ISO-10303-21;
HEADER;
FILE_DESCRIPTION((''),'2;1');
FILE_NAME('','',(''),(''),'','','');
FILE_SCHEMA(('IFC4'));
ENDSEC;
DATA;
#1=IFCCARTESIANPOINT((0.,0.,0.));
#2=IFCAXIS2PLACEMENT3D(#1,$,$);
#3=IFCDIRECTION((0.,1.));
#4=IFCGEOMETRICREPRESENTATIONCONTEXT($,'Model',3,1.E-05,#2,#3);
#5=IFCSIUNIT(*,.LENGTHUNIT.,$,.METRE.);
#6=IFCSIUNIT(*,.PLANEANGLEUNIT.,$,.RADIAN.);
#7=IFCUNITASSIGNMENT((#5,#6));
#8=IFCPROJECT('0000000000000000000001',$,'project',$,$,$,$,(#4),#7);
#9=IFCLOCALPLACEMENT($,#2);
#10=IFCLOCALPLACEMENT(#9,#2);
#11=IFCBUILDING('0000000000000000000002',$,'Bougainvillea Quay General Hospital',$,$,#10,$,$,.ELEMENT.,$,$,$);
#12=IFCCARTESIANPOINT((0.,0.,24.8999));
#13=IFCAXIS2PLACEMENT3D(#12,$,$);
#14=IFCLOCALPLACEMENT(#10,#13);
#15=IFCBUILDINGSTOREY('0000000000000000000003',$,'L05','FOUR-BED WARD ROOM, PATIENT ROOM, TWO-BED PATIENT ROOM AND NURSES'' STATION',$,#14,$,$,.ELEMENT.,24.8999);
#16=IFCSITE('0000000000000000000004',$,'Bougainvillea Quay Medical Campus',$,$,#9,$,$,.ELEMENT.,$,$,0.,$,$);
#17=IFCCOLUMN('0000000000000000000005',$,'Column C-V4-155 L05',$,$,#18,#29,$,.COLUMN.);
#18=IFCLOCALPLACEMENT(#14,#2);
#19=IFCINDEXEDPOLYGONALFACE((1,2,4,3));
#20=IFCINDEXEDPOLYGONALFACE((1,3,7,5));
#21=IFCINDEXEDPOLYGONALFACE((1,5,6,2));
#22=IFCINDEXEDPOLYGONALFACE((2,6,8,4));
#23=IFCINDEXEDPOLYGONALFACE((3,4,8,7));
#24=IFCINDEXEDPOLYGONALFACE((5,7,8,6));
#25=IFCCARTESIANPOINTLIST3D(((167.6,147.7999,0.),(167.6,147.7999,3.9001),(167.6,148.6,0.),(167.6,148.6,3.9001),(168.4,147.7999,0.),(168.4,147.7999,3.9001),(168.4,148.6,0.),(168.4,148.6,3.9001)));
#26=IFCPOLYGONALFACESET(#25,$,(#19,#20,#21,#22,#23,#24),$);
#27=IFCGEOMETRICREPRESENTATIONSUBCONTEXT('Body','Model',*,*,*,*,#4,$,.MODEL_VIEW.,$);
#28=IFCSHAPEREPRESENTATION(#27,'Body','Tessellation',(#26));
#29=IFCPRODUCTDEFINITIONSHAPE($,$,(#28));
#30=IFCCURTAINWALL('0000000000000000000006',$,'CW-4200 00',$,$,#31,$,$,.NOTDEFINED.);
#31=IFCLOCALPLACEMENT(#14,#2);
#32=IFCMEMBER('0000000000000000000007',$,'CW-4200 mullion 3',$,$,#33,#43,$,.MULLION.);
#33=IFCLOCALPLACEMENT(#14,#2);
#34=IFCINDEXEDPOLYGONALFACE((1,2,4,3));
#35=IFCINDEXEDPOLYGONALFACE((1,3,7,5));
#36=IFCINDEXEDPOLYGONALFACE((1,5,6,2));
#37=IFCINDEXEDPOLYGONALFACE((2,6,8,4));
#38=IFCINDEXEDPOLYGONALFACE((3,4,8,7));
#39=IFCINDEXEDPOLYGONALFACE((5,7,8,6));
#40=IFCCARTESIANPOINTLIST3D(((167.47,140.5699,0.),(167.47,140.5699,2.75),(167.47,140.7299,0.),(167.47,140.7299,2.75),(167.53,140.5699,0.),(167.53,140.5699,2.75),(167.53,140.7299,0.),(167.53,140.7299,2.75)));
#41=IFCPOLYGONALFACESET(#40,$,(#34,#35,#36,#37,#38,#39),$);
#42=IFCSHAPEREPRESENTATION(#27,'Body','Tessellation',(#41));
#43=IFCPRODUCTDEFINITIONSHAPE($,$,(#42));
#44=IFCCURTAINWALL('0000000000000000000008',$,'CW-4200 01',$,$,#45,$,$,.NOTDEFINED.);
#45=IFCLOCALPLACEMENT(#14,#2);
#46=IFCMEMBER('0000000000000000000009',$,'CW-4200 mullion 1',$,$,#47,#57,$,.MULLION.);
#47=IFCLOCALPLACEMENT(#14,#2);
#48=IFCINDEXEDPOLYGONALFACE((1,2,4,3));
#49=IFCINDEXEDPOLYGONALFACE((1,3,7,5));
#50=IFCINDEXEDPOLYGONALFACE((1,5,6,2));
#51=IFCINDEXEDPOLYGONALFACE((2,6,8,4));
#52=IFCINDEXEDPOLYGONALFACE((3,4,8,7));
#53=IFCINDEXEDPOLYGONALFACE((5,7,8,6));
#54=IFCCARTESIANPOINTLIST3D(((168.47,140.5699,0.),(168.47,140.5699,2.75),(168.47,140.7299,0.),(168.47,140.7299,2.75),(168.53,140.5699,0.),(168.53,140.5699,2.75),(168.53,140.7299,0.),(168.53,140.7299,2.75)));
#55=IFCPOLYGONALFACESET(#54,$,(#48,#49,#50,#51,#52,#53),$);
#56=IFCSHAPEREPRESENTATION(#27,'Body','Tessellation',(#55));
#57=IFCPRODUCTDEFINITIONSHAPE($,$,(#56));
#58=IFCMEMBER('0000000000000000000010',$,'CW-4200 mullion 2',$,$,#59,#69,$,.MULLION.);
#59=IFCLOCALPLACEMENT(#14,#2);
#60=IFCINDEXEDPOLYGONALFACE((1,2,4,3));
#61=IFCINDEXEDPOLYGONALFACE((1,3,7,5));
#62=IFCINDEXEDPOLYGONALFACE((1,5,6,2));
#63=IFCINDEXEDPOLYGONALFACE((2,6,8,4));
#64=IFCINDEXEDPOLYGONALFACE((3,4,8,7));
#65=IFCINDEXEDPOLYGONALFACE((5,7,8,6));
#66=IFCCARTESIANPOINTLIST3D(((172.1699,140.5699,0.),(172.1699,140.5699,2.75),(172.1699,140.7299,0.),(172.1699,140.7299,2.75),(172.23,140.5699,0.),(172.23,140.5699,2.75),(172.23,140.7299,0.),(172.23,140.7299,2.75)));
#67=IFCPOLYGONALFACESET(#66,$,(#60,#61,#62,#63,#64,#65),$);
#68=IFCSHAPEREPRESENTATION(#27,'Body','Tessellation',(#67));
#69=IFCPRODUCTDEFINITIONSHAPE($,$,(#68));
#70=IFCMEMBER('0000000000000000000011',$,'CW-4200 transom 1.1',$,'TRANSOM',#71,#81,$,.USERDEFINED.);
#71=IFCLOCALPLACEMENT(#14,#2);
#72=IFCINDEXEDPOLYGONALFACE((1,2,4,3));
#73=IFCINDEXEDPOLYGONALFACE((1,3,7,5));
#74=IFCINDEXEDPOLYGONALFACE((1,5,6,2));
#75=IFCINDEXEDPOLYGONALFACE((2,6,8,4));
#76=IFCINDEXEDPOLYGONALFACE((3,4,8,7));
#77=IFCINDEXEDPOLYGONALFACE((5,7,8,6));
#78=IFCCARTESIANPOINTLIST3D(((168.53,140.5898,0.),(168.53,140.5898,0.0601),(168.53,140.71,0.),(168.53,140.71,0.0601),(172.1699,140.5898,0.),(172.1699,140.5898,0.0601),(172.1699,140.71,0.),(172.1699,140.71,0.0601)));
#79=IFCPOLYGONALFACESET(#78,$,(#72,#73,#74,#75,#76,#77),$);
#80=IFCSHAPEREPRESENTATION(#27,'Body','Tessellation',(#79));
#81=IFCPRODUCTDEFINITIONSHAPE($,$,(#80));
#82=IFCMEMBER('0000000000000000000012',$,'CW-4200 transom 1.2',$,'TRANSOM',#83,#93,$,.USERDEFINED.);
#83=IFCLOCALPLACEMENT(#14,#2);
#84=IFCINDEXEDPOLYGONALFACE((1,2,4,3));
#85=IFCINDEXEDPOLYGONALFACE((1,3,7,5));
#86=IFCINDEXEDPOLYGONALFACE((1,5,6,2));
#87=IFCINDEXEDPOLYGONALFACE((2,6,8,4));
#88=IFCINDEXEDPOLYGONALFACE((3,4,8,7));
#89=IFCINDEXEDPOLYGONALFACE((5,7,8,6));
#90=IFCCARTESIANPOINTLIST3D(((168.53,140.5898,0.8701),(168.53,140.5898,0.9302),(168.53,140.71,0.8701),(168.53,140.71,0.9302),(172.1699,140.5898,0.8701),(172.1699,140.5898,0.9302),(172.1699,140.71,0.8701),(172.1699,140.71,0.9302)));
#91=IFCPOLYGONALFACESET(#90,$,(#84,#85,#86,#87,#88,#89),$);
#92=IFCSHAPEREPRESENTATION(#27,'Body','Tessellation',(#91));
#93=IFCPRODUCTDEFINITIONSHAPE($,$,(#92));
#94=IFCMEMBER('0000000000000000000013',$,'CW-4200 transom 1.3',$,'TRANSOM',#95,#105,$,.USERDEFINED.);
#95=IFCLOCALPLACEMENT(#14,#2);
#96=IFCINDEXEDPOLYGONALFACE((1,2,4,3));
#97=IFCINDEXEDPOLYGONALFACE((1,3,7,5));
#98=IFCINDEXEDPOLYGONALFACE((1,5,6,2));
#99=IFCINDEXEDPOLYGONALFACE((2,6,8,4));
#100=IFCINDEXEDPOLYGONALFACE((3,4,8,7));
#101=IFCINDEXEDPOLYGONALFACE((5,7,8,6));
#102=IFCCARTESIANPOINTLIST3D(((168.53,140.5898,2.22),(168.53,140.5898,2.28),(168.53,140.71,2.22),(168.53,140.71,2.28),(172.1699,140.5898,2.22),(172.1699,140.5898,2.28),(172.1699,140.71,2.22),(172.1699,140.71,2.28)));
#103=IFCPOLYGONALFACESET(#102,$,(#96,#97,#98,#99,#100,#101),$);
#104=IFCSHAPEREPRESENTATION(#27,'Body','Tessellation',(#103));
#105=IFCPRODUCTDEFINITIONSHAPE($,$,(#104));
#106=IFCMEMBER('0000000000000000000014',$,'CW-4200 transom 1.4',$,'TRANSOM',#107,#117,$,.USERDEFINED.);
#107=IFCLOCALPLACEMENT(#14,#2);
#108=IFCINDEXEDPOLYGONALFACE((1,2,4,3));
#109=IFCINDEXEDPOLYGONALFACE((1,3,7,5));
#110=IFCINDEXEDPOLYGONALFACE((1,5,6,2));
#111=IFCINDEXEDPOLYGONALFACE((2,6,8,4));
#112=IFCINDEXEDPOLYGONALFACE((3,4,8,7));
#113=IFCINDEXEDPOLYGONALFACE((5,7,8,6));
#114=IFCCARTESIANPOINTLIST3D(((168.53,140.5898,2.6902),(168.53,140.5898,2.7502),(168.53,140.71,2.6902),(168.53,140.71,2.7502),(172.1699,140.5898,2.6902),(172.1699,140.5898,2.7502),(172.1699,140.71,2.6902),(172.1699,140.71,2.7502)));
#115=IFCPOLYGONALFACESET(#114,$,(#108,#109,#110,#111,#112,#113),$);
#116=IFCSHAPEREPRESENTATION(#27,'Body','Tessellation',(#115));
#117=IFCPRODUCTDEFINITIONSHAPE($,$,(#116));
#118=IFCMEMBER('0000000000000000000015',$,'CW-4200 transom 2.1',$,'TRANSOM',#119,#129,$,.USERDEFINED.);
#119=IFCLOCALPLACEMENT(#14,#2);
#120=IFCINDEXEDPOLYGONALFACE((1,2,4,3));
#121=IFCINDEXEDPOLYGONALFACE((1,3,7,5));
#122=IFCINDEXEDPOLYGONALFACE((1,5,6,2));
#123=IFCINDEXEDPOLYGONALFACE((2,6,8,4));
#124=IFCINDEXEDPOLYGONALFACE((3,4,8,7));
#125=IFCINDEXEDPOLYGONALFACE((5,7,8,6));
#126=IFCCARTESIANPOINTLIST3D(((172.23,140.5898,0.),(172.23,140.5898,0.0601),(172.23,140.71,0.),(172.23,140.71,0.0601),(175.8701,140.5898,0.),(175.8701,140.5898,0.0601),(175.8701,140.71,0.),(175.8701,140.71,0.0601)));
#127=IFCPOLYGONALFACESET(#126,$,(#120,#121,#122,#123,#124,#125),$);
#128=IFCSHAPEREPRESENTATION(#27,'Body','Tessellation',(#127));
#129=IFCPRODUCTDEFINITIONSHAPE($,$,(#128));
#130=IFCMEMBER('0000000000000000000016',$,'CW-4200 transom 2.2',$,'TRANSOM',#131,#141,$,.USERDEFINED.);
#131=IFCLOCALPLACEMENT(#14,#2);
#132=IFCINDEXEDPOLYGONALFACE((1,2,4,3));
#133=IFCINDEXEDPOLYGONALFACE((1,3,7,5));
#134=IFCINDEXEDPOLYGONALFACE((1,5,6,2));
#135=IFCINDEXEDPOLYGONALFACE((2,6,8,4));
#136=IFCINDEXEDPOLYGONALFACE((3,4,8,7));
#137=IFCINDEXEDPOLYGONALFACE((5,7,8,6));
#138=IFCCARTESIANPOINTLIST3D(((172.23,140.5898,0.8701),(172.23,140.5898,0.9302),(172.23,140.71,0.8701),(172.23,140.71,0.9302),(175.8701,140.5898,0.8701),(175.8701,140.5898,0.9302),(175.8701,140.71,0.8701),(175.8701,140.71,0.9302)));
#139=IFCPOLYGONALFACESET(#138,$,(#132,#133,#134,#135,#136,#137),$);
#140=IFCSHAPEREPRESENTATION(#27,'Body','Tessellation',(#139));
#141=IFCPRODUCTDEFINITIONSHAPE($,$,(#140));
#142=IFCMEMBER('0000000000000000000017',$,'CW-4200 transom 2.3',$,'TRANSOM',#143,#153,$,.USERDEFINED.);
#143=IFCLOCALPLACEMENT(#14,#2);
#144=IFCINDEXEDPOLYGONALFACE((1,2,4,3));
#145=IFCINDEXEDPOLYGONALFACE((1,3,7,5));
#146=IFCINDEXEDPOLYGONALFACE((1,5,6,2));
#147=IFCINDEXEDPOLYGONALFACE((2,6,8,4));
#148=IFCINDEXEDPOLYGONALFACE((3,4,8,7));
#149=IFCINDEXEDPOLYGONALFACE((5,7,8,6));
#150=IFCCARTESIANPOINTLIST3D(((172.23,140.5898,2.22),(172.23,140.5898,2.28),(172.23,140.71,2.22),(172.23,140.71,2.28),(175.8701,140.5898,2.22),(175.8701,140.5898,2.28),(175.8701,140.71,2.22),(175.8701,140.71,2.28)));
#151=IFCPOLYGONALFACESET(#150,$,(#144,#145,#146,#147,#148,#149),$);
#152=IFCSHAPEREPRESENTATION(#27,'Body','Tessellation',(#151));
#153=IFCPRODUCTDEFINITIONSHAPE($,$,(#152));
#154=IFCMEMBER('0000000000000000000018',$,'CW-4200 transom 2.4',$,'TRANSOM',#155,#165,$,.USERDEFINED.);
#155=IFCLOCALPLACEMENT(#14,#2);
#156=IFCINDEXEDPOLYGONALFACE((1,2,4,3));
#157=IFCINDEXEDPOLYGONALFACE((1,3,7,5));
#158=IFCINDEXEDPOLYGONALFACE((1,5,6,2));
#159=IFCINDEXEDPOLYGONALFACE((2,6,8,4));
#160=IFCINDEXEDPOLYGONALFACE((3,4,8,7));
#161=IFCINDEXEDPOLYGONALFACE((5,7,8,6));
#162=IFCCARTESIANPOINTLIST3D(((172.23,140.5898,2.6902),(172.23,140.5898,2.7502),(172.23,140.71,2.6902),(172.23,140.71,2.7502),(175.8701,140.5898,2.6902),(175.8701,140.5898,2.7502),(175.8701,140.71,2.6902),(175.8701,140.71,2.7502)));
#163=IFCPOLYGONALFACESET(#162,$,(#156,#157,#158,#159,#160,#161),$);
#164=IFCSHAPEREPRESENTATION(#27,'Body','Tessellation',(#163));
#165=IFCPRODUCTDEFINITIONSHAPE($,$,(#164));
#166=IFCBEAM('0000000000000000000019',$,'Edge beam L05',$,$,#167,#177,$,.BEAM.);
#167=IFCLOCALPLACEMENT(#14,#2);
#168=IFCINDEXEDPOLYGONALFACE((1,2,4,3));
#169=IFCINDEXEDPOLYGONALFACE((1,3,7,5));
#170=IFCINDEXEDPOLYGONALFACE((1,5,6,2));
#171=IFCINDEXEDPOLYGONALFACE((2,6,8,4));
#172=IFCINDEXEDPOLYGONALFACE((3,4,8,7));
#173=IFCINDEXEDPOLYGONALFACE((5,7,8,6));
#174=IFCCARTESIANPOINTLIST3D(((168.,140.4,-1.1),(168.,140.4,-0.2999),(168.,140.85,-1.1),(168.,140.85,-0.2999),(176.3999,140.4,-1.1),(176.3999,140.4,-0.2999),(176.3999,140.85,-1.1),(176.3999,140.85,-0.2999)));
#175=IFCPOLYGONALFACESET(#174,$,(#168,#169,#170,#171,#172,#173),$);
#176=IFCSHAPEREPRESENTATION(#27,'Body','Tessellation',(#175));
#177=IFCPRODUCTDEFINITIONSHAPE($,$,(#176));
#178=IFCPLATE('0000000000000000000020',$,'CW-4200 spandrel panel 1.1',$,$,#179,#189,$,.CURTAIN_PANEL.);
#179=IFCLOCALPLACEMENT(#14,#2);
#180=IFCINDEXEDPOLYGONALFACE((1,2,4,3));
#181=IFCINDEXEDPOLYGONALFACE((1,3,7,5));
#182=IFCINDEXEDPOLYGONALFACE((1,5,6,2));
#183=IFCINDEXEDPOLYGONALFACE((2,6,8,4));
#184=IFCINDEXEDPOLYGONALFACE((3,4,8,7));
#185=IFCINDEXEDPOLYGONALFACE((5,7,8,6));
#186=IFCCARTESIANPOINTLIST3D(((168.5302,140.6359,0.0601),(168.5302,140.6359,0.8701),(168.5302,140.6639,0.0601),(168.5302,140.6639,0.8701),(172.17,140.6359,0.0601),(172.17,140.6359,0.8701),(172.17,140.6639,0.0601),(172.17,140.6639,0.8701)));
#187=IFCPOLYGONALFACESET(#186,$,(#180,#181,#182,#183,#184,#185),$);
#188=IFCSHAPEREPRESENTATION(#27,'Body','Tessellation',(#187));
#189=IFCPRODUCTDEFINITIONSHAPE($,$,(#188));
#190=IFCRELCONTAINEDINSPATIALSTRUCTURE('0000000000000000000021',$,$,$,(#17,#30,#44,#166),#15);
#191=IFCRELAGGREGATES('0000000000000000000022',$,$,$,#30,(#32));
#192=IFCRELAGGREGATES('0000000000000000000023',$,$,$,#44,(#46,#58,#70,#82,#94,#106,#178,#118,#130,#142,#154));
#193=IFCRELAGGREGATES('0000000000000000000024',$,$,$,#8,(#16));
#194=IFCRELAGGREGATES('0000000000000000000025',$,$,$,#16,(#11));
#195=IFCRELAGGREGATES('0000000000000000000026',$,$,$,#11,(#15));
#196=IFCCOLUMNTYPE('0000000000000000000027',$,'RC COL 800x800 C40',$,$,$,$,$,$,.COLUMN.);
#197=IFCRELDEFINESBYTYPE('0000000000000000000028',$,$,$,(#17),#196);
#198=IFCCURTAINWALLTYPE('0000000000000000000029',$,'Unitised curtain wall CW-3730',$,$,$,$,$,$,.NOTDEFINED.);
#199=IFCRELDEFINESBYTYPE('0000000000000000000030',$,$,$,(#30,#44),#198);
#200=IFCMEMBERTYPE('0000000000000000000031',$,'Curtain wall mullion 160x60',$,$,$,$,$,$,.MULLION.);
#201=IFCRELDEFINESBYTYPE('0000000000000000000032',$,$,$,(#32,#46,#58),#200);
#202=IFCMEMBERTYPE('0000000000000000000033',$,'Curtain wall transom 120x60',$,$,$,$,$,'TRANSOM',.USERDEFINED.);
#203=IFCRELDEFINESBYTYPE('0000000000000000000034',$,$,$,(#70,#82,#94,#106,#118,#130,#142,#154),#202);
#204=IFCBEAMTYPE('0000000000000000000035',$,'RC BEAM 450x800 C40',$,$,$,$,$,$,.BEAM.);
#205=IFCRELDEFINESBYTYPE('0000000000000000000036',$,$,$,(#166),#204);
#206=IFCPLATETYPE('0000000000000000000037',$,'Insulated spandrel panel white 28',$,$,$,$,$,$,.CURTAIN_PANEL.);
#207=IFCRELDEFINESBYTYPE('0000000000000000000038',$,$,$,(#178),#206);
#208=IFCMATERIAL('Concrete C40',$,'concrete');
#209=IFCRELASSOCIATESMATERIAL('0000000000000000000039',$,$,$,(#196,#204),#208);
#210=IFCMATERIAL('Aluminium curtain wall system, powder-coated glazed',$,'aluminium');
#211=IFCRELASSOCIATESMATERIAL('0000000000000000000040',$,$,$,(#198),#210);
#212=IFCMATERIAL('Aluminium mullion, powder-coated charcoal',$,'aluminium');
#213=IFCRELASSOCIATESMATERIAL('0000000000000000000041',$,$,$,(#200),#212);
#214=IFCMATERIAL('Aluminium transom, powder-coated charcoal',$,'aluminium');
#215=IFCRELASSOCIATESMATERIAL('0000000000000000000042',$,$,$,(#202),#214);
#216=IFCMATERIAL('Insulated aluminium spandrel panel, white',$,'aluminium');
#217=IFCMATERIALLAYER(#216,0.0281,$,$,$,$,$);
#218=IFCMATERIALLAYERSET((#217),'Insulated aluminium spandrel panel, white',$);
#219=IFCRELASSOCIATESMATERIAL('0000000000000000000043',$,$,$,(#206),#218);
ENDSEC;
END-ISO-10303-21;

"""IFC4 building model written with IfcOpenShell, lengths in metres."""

from ifc_helpers import new_model, si_unit, direction, frame, origin, origin_2d, place, context, subcontext, project, spatial, rectangle, extrude, material, layer, layer_set, material_profile, profile_set, type_object, element, aggregate, save


model = new_model("IFC4")

# Units and contexts
model_context = context("Model", 3, precision=1e-05, world=origin(), true_north=direction((0.0, 1.0)))
body_context = subcontext(model_context, "Body", "Model", "MODEL_VIEW")
ifc_project = project(units=[si_unit("LENGTHUNIT", "METRE"), si_unit("PLANEANGLEUNIT", "RADIAN")], contexts=[model_context])

# Site, building, storey
site_placement = place(None, origin())
site = spatial("IfcSite", under=ifc_project, at=site_placement, Name="Bougainvillea Quay Medical Campus", CompositionType="ELEMENT", RefElevation=0.0)
building_placement = place(site_placement, origin())
building = spatial("IfcBuilding", under=site, at=building_placement, Name="Bougainvillea Quay General Hospital", CompositionType="ELEMENT")
storey_placement = place(building_placement, frame((0.0, 0.0, 24.8999)))
storey = spatial("IfcBuildingStorey", under=building, at=storey_placement, Name="L05", Description="FOUR-BED WARD ROOM, PATIENT ROOM, TWO-BED PATIENT ROOM AND NURSES' STATION", CompositionType="ELEMENT", Elevation=24.8999)

# Column
ifc_material_1 = material(Name="Concrete C40", Category="concrete")
ifc_material_profile_1 = material_profile(ifc_material_1, rectangle(XDim=0.8, YDim=0.8, at=origin_2d()))
ifc_profile_set_1 = profile_set([ifc_material_profile_1], Name="Concrete C40")
column_type = type_object("IfcColumnType", Name="RC COL 800x800 C40", PredefinedType="COLUMN", material=ifc_profile_set_1)
column_placement = place(storey_placement, frame((168.0, 148.2, 0.0), z_axis=(0.0, 0.0, 1.0), x_axis=(1.0, 0.0, 0.0)))
element("IfcColumn", 1, at=column_placement, inside=storey, type_object=column_type, Name="Column C-V4-155 L05", PredefinedType="COLUMN", context=body_context, shape_type="SweptSolid", body=[
    extrude(rectangle(XDim=0.8, YDim=0.8, at=origin_2d()), origin(), (0.0, 0.0, 1.0), 3.9001),
])

# Curtain wall, member
ifc_material_2 = material(Name="Aluminium curtain wall system, powder-coated glazed", Category="aluminium")
curtain_wall_type = type_object("IfcCurtainWallType", Name="Unitised curtain wall CW-3730", PredefinedType="NOTDEFINED", material=ifc_material_2)
curtain_wall_1_placement = place(storey_placement, origin())
curtain_wall_1 = element("IfcCurtainWall", 2, at=curtain_wall_1_placement, inside=storey, type_object=curtain_wall_type, Name="CW-4200 00", PredefinedType="NOTDEFINED")
ifc_material_3 = material(Name="Aluminium mullion, powder-coated charcoal", Category="aluminium")
ifc_material_profile_2 = material_profile(ifc_material_3, rectangle(XDim=0.1599, YDim=0.0601, at=origin_2d()))
ifc_profile_set_2 = profile_set([ifc_material_profile_2], Name="Aluminium mullion, powder-coated charcoal")
member_type_1 = type_object("IfcMemberType", Name="Curtain wall mullion 160x60", PredefinedType="MULLION", material=ifc_profile_set_2)
member_1_placement = place(storey_placement, frame((167.5, 140.6499, 0.0), z_axis=(0.0, 0.0, 1.0), x_axis=(0.0, 1.0, 0.0)))
member_1 = element("IfcMember", 3, at=member_1_placement, type_object=member_type_1, Name="CW-4200 mullion 3", PredefinedType="MULLION", context=body_context, shape_type="SweptSolid", body=[
    extrude(rectangle(XDim=0.1599, YDim=0.0601, at=origin_2d()), origin(), (0.0, 0.0, 1.0), 2.75),
])
aggregate(curtain_wall_1, [member_1])

# Curtain wall, members
curtain_wall_2_placement = place(storey_placement, origin())
curtain_wall_2 = element("IfcCurtainWall", 4, at=curtain_wall_2_placement, inside=storey, type_object=curtain_wall_type, Name="CW-4200 01", PredefinedType="NOTDEFINED")
member_2_placement = place(storey_placement, frame((168.5, 140.6499, 0.0), z_axis=(0.0, 0.0, 1.0), x_axis=(0.0, 1.0, 0.0)))
member_2 = element("IfcMember", 5, at=member_2_placement, type_object=member_type_1, Name="CW-4200 mullion 1", PredefinedType="MULLION", context=body_context, shape_type="SweptSolid", body=[
    extrude(rectangle(XDim=0.1599, YDim=0.0601, at=origin_2d()), origin(), (0.0, 0.0, 1.0), 2.75),
])
member_3_placement = place(storey_placement, frame((172.2, 140.6499, 0.0), z_axis=(0.0, 0.0, 1.0), x_axis=(0.0, 1.0, 0.0)))
member_3 = element("IfcMember", 6, at=member_3_placement, type_object=member_type_1, Name="CW-4200 mullion 2", PredefinedType="MULLION", context=body_context, shape_type="SweptSolid", body=[
    extrude(rectangle(XDim=0.1599, YDim=0.0601, at=origin_2d()), origin(), (0.0, 0.0, 1.0), 2.75),
])
ifc_material_4 = material(Name="Aluminium transom, powder-coated charcoal", Category="aluminium")
ifc_material_profile_3 = material_profile(ifc_material_4, rectangle(XDim=0.1201, YDim=0.0601, at=origin_2d()))
ifc_profile_set_3 = profile_set([ifc_material_profile_3], Name="Aluminium transom, powder-coated charcoal")
member_type_2 = type_object("IfcMemberType", Name="Curtain wall transom 120x60", ElementType="TRANSOM", PredefinedType="USERDEFINED", material=ifc_profile_set_3)
member_4_placement = place(storey_placement, frame((168.53, 140.6499, 0.03), z_axis=(1.0, 0.0, 0.0), x_axis=(0.0, 1.0, 0.0)))
member_4 = element("IfcMember", 7, at=member_4_placement, type_object=member_type_2, Name="CW-4200 transom 1.1", ObjectType="TRANSOM", PredefinedType="USERDEFINED", context=body_context, shape_type="SweptSolid", body=[
    extrude(rectangle(XDim=0.1201, YDim=0.0601, at=origin_2d()), origin(), (0.0, 0.0, 1.0), 3.6399),
])
member_5_placement = place(storey_placement, frame((168.53, 140.6499, 0.9001), z_axis=(1.0, 0.0, 0.0), x_axis=(0.0, 1.0, 0.0)))
member_5 = element("IfcMember", 8, at=member_5_placement, type_object=member_type_2, Name="CW-4200 transom 1.2", ObjectType="TRANSOM", PredefinedType="USERDEFINED", context=body_context, shape_type="SweptSolid", body=[
    extrude(rectangle(XDim=0.1201, YDim=0.0601, at=origin_2d()), origin(), (0.0, 0.0, 1.0), 3.6399),
])
member_6_placement = place(storey_placement, frame((168.53, 140.6499, 2.25), z_axis=(1.0, 0.0, 0.0), x_axis=(0.0, 1.0, 0.0)))
member_6 = element("IfcMember", 9, at=member_6_placement, type_object=member_type_2, Name="CW-4200 transom 1.3", ObjectType="TRANSOM", PredefinedType="USERDEFINED", context=body_context, shape_type="SweptSolid", body=[
    extrude(rectangle(XDim=0.1201, YDim=0.0601, at=origin_2d()), origin(), (0.0, 0.0, 1.0), 3.6399),
])
member_7_placement = place(storey_placement, frame((168.53, 140.6499, 2.7202), z_axis=(1.0, 0.0, 0.0), x_axis=(0.0, 1.0, 0.0)))
member_7 = element("IfcMember", 10, at=member_7_placement, type_object=member_type_2, Name="CW-4200 transom 1.4", ObjectType="TRANSOM", PredefinedType="USERDEFINED", context=body_context, shape_type="SweptSolid", body=[
    extrude(rectangle(XDim=0.1201, YDim=0.0601, at=origin_2d()), origin(), (0.0, 0.0, 1.0), 3.6399),
])
member_8_placement = place(storey_placement, frame((172.23, 140.6499, 0.03), z_axis=(1.0, 0.0, 0.0), x_axis=(0.0, 1.0, 0.0)))
member_8 = element("IfcMember", 11, at=member_8_placement, type_object=member_type_2, Name="CW-4200 transom 2.1", ObjectType="TRANSOM", PredefinedType="USERDEFINED", context=body_context, shape_type="SweptSolid", body=[
    extrude(rectangle(XDim=0.1201, YDim=0.0601, at=origin_2d()), origin(), (0.0, 0.0, 1.0), 3.6401),
])
member_9_placement = place(storey_placement, frame((172.23, 140.6499, 0.9001), z_axis=(1.0, 0.0, 0.0), x_axis=(0.0, 1.0, 0.0)))
member_9 = element("IfcMember", 12, at=member_9_placement, type_object=member_type_2, Name="CW-4200 transom 2.2", ObjectType="TRANSOM", PredefinedType="USERDEFINED", context=body_context, shape_type="SweptSolid", body=[
    extrude(rectangle(XDim=0.1201, YDim=0.0601, at=origin_2d()), origin(), (0.0, 0.0, 1.0), 3.6401),
])
member_10_placement = place(storey_placement, frame((172.23, 140.6499, 2.25), z_axis=(1.0, 0.0, 0.0), x_axis=(0.0, 1.0, 0.0)))
member_10 = element("IfcMember", 13, at=member_10_placement, type_object=member_type_2, Name="CW-4200 transom 2.3", ObjectType="TRANSOM", PredefinedType="USERDEFINED", context=body_context, shape_type="SweptSolid", body=[
    extrude(rectangle(XDim=0.1201, YDim=0.0601, at=origin_2d()), origin(), (0.0, 0.0, 1.0), 3.6401),
])
member_11_placement = place(storey_placement, frame((172.23, 140.6499, 2.7202), z_axis=(1.0, 0.0, 0.0), x_axis=(0.0, 1.0, 0.0)))
member_11 = element("IfcMember", 14, at=member_11_placement, type_object=member_type_2, Name="CW-4200 transom 2.4", ObjectType="TRANSOM", PredefinedType="USERDEFINED", context=body_context, shape_type="SweptSolid", body=[
    extrude(rectangle(XDim=0.1201, YDim=0.0601, at=origin_2d()), origin(), (0.0, 0.0, 1.0), 3.6401),
])

# Beam
ifc_material_profile_4 = material_profile(ifc_material_1, rectangle(XDim=0.45, YDim=0.8, at=origin_2d()))
ifc_profile_set_4 = profile_set([ifc_material_profile_4], Name="Concrete C40")
beam_type = type_object("IfcBeamType", Name="RC BEAM 450x800 C40", PredefinedType="BEAM", material=ifc_profile_set_4)
beam_placement = place(storey_placement, frame((168.0, 140.625, -0.7), z_axis=(1.0, 0.0, 0.0), x_axis=(0.0, 1.0, 0.0)))
element("IfcBeam", 15, at=beam_placement, inside=storey, type_object=beam_type, Name="Edge beam L05", PredefinedType="BEAM", context=body_context, shape_type="SweptSolid", body=[
    extrude(rectangle(XDim=0.45, YDim=0.8, at=origin_2d()), origin(), (0.0, 0.0, 1.0), 8.3999),
])

# Plate
ifc_material_5 = material(Name="Insulated aluminium spandrel panel, white", Category="aluminium")
ifc_layer_1 = layer(ifc_material_5, 0.0281)
ifc_layer_set_1 = layer_set([ifc_layer_1], Name="Insulated aluminium spandrel panel, white")
plate_type_1 = type_object("IfcPlateType", Name="Insulated spandrel panel white 28", PredefinedType="CURTAIN_PANEL", material=ifc_layer_set_1)
plate_1_placement = place(storey_placement, frame((170.3501, 140.6499, 0.0601), z_axis=(0.0, 0.0, 1.0), x_axis=(1.0, 0.0, 0.0)))
plate_1 = element("IfcPlate", 16, at=plate_1_placement, type_object=plate_type_1, Name="CW-4200 spandrel panel 1.1", PredefinedType="CURTAIN_PANEL", context=body_context, shape_type="SweptSolid", body=[
    extrude(rectangle(XDim=3.6399, YDim=0.0281, at=origin_2d()), origin(), (0.0, 0.0, 1.0), 0.8101),
])
aggregate(curtain_wall_2, [member_2, member_3, member_4, member_5, member_6, member_7, plate_1, member_8, member_9, member_10, member_11])

save(model, "model.ifc")
